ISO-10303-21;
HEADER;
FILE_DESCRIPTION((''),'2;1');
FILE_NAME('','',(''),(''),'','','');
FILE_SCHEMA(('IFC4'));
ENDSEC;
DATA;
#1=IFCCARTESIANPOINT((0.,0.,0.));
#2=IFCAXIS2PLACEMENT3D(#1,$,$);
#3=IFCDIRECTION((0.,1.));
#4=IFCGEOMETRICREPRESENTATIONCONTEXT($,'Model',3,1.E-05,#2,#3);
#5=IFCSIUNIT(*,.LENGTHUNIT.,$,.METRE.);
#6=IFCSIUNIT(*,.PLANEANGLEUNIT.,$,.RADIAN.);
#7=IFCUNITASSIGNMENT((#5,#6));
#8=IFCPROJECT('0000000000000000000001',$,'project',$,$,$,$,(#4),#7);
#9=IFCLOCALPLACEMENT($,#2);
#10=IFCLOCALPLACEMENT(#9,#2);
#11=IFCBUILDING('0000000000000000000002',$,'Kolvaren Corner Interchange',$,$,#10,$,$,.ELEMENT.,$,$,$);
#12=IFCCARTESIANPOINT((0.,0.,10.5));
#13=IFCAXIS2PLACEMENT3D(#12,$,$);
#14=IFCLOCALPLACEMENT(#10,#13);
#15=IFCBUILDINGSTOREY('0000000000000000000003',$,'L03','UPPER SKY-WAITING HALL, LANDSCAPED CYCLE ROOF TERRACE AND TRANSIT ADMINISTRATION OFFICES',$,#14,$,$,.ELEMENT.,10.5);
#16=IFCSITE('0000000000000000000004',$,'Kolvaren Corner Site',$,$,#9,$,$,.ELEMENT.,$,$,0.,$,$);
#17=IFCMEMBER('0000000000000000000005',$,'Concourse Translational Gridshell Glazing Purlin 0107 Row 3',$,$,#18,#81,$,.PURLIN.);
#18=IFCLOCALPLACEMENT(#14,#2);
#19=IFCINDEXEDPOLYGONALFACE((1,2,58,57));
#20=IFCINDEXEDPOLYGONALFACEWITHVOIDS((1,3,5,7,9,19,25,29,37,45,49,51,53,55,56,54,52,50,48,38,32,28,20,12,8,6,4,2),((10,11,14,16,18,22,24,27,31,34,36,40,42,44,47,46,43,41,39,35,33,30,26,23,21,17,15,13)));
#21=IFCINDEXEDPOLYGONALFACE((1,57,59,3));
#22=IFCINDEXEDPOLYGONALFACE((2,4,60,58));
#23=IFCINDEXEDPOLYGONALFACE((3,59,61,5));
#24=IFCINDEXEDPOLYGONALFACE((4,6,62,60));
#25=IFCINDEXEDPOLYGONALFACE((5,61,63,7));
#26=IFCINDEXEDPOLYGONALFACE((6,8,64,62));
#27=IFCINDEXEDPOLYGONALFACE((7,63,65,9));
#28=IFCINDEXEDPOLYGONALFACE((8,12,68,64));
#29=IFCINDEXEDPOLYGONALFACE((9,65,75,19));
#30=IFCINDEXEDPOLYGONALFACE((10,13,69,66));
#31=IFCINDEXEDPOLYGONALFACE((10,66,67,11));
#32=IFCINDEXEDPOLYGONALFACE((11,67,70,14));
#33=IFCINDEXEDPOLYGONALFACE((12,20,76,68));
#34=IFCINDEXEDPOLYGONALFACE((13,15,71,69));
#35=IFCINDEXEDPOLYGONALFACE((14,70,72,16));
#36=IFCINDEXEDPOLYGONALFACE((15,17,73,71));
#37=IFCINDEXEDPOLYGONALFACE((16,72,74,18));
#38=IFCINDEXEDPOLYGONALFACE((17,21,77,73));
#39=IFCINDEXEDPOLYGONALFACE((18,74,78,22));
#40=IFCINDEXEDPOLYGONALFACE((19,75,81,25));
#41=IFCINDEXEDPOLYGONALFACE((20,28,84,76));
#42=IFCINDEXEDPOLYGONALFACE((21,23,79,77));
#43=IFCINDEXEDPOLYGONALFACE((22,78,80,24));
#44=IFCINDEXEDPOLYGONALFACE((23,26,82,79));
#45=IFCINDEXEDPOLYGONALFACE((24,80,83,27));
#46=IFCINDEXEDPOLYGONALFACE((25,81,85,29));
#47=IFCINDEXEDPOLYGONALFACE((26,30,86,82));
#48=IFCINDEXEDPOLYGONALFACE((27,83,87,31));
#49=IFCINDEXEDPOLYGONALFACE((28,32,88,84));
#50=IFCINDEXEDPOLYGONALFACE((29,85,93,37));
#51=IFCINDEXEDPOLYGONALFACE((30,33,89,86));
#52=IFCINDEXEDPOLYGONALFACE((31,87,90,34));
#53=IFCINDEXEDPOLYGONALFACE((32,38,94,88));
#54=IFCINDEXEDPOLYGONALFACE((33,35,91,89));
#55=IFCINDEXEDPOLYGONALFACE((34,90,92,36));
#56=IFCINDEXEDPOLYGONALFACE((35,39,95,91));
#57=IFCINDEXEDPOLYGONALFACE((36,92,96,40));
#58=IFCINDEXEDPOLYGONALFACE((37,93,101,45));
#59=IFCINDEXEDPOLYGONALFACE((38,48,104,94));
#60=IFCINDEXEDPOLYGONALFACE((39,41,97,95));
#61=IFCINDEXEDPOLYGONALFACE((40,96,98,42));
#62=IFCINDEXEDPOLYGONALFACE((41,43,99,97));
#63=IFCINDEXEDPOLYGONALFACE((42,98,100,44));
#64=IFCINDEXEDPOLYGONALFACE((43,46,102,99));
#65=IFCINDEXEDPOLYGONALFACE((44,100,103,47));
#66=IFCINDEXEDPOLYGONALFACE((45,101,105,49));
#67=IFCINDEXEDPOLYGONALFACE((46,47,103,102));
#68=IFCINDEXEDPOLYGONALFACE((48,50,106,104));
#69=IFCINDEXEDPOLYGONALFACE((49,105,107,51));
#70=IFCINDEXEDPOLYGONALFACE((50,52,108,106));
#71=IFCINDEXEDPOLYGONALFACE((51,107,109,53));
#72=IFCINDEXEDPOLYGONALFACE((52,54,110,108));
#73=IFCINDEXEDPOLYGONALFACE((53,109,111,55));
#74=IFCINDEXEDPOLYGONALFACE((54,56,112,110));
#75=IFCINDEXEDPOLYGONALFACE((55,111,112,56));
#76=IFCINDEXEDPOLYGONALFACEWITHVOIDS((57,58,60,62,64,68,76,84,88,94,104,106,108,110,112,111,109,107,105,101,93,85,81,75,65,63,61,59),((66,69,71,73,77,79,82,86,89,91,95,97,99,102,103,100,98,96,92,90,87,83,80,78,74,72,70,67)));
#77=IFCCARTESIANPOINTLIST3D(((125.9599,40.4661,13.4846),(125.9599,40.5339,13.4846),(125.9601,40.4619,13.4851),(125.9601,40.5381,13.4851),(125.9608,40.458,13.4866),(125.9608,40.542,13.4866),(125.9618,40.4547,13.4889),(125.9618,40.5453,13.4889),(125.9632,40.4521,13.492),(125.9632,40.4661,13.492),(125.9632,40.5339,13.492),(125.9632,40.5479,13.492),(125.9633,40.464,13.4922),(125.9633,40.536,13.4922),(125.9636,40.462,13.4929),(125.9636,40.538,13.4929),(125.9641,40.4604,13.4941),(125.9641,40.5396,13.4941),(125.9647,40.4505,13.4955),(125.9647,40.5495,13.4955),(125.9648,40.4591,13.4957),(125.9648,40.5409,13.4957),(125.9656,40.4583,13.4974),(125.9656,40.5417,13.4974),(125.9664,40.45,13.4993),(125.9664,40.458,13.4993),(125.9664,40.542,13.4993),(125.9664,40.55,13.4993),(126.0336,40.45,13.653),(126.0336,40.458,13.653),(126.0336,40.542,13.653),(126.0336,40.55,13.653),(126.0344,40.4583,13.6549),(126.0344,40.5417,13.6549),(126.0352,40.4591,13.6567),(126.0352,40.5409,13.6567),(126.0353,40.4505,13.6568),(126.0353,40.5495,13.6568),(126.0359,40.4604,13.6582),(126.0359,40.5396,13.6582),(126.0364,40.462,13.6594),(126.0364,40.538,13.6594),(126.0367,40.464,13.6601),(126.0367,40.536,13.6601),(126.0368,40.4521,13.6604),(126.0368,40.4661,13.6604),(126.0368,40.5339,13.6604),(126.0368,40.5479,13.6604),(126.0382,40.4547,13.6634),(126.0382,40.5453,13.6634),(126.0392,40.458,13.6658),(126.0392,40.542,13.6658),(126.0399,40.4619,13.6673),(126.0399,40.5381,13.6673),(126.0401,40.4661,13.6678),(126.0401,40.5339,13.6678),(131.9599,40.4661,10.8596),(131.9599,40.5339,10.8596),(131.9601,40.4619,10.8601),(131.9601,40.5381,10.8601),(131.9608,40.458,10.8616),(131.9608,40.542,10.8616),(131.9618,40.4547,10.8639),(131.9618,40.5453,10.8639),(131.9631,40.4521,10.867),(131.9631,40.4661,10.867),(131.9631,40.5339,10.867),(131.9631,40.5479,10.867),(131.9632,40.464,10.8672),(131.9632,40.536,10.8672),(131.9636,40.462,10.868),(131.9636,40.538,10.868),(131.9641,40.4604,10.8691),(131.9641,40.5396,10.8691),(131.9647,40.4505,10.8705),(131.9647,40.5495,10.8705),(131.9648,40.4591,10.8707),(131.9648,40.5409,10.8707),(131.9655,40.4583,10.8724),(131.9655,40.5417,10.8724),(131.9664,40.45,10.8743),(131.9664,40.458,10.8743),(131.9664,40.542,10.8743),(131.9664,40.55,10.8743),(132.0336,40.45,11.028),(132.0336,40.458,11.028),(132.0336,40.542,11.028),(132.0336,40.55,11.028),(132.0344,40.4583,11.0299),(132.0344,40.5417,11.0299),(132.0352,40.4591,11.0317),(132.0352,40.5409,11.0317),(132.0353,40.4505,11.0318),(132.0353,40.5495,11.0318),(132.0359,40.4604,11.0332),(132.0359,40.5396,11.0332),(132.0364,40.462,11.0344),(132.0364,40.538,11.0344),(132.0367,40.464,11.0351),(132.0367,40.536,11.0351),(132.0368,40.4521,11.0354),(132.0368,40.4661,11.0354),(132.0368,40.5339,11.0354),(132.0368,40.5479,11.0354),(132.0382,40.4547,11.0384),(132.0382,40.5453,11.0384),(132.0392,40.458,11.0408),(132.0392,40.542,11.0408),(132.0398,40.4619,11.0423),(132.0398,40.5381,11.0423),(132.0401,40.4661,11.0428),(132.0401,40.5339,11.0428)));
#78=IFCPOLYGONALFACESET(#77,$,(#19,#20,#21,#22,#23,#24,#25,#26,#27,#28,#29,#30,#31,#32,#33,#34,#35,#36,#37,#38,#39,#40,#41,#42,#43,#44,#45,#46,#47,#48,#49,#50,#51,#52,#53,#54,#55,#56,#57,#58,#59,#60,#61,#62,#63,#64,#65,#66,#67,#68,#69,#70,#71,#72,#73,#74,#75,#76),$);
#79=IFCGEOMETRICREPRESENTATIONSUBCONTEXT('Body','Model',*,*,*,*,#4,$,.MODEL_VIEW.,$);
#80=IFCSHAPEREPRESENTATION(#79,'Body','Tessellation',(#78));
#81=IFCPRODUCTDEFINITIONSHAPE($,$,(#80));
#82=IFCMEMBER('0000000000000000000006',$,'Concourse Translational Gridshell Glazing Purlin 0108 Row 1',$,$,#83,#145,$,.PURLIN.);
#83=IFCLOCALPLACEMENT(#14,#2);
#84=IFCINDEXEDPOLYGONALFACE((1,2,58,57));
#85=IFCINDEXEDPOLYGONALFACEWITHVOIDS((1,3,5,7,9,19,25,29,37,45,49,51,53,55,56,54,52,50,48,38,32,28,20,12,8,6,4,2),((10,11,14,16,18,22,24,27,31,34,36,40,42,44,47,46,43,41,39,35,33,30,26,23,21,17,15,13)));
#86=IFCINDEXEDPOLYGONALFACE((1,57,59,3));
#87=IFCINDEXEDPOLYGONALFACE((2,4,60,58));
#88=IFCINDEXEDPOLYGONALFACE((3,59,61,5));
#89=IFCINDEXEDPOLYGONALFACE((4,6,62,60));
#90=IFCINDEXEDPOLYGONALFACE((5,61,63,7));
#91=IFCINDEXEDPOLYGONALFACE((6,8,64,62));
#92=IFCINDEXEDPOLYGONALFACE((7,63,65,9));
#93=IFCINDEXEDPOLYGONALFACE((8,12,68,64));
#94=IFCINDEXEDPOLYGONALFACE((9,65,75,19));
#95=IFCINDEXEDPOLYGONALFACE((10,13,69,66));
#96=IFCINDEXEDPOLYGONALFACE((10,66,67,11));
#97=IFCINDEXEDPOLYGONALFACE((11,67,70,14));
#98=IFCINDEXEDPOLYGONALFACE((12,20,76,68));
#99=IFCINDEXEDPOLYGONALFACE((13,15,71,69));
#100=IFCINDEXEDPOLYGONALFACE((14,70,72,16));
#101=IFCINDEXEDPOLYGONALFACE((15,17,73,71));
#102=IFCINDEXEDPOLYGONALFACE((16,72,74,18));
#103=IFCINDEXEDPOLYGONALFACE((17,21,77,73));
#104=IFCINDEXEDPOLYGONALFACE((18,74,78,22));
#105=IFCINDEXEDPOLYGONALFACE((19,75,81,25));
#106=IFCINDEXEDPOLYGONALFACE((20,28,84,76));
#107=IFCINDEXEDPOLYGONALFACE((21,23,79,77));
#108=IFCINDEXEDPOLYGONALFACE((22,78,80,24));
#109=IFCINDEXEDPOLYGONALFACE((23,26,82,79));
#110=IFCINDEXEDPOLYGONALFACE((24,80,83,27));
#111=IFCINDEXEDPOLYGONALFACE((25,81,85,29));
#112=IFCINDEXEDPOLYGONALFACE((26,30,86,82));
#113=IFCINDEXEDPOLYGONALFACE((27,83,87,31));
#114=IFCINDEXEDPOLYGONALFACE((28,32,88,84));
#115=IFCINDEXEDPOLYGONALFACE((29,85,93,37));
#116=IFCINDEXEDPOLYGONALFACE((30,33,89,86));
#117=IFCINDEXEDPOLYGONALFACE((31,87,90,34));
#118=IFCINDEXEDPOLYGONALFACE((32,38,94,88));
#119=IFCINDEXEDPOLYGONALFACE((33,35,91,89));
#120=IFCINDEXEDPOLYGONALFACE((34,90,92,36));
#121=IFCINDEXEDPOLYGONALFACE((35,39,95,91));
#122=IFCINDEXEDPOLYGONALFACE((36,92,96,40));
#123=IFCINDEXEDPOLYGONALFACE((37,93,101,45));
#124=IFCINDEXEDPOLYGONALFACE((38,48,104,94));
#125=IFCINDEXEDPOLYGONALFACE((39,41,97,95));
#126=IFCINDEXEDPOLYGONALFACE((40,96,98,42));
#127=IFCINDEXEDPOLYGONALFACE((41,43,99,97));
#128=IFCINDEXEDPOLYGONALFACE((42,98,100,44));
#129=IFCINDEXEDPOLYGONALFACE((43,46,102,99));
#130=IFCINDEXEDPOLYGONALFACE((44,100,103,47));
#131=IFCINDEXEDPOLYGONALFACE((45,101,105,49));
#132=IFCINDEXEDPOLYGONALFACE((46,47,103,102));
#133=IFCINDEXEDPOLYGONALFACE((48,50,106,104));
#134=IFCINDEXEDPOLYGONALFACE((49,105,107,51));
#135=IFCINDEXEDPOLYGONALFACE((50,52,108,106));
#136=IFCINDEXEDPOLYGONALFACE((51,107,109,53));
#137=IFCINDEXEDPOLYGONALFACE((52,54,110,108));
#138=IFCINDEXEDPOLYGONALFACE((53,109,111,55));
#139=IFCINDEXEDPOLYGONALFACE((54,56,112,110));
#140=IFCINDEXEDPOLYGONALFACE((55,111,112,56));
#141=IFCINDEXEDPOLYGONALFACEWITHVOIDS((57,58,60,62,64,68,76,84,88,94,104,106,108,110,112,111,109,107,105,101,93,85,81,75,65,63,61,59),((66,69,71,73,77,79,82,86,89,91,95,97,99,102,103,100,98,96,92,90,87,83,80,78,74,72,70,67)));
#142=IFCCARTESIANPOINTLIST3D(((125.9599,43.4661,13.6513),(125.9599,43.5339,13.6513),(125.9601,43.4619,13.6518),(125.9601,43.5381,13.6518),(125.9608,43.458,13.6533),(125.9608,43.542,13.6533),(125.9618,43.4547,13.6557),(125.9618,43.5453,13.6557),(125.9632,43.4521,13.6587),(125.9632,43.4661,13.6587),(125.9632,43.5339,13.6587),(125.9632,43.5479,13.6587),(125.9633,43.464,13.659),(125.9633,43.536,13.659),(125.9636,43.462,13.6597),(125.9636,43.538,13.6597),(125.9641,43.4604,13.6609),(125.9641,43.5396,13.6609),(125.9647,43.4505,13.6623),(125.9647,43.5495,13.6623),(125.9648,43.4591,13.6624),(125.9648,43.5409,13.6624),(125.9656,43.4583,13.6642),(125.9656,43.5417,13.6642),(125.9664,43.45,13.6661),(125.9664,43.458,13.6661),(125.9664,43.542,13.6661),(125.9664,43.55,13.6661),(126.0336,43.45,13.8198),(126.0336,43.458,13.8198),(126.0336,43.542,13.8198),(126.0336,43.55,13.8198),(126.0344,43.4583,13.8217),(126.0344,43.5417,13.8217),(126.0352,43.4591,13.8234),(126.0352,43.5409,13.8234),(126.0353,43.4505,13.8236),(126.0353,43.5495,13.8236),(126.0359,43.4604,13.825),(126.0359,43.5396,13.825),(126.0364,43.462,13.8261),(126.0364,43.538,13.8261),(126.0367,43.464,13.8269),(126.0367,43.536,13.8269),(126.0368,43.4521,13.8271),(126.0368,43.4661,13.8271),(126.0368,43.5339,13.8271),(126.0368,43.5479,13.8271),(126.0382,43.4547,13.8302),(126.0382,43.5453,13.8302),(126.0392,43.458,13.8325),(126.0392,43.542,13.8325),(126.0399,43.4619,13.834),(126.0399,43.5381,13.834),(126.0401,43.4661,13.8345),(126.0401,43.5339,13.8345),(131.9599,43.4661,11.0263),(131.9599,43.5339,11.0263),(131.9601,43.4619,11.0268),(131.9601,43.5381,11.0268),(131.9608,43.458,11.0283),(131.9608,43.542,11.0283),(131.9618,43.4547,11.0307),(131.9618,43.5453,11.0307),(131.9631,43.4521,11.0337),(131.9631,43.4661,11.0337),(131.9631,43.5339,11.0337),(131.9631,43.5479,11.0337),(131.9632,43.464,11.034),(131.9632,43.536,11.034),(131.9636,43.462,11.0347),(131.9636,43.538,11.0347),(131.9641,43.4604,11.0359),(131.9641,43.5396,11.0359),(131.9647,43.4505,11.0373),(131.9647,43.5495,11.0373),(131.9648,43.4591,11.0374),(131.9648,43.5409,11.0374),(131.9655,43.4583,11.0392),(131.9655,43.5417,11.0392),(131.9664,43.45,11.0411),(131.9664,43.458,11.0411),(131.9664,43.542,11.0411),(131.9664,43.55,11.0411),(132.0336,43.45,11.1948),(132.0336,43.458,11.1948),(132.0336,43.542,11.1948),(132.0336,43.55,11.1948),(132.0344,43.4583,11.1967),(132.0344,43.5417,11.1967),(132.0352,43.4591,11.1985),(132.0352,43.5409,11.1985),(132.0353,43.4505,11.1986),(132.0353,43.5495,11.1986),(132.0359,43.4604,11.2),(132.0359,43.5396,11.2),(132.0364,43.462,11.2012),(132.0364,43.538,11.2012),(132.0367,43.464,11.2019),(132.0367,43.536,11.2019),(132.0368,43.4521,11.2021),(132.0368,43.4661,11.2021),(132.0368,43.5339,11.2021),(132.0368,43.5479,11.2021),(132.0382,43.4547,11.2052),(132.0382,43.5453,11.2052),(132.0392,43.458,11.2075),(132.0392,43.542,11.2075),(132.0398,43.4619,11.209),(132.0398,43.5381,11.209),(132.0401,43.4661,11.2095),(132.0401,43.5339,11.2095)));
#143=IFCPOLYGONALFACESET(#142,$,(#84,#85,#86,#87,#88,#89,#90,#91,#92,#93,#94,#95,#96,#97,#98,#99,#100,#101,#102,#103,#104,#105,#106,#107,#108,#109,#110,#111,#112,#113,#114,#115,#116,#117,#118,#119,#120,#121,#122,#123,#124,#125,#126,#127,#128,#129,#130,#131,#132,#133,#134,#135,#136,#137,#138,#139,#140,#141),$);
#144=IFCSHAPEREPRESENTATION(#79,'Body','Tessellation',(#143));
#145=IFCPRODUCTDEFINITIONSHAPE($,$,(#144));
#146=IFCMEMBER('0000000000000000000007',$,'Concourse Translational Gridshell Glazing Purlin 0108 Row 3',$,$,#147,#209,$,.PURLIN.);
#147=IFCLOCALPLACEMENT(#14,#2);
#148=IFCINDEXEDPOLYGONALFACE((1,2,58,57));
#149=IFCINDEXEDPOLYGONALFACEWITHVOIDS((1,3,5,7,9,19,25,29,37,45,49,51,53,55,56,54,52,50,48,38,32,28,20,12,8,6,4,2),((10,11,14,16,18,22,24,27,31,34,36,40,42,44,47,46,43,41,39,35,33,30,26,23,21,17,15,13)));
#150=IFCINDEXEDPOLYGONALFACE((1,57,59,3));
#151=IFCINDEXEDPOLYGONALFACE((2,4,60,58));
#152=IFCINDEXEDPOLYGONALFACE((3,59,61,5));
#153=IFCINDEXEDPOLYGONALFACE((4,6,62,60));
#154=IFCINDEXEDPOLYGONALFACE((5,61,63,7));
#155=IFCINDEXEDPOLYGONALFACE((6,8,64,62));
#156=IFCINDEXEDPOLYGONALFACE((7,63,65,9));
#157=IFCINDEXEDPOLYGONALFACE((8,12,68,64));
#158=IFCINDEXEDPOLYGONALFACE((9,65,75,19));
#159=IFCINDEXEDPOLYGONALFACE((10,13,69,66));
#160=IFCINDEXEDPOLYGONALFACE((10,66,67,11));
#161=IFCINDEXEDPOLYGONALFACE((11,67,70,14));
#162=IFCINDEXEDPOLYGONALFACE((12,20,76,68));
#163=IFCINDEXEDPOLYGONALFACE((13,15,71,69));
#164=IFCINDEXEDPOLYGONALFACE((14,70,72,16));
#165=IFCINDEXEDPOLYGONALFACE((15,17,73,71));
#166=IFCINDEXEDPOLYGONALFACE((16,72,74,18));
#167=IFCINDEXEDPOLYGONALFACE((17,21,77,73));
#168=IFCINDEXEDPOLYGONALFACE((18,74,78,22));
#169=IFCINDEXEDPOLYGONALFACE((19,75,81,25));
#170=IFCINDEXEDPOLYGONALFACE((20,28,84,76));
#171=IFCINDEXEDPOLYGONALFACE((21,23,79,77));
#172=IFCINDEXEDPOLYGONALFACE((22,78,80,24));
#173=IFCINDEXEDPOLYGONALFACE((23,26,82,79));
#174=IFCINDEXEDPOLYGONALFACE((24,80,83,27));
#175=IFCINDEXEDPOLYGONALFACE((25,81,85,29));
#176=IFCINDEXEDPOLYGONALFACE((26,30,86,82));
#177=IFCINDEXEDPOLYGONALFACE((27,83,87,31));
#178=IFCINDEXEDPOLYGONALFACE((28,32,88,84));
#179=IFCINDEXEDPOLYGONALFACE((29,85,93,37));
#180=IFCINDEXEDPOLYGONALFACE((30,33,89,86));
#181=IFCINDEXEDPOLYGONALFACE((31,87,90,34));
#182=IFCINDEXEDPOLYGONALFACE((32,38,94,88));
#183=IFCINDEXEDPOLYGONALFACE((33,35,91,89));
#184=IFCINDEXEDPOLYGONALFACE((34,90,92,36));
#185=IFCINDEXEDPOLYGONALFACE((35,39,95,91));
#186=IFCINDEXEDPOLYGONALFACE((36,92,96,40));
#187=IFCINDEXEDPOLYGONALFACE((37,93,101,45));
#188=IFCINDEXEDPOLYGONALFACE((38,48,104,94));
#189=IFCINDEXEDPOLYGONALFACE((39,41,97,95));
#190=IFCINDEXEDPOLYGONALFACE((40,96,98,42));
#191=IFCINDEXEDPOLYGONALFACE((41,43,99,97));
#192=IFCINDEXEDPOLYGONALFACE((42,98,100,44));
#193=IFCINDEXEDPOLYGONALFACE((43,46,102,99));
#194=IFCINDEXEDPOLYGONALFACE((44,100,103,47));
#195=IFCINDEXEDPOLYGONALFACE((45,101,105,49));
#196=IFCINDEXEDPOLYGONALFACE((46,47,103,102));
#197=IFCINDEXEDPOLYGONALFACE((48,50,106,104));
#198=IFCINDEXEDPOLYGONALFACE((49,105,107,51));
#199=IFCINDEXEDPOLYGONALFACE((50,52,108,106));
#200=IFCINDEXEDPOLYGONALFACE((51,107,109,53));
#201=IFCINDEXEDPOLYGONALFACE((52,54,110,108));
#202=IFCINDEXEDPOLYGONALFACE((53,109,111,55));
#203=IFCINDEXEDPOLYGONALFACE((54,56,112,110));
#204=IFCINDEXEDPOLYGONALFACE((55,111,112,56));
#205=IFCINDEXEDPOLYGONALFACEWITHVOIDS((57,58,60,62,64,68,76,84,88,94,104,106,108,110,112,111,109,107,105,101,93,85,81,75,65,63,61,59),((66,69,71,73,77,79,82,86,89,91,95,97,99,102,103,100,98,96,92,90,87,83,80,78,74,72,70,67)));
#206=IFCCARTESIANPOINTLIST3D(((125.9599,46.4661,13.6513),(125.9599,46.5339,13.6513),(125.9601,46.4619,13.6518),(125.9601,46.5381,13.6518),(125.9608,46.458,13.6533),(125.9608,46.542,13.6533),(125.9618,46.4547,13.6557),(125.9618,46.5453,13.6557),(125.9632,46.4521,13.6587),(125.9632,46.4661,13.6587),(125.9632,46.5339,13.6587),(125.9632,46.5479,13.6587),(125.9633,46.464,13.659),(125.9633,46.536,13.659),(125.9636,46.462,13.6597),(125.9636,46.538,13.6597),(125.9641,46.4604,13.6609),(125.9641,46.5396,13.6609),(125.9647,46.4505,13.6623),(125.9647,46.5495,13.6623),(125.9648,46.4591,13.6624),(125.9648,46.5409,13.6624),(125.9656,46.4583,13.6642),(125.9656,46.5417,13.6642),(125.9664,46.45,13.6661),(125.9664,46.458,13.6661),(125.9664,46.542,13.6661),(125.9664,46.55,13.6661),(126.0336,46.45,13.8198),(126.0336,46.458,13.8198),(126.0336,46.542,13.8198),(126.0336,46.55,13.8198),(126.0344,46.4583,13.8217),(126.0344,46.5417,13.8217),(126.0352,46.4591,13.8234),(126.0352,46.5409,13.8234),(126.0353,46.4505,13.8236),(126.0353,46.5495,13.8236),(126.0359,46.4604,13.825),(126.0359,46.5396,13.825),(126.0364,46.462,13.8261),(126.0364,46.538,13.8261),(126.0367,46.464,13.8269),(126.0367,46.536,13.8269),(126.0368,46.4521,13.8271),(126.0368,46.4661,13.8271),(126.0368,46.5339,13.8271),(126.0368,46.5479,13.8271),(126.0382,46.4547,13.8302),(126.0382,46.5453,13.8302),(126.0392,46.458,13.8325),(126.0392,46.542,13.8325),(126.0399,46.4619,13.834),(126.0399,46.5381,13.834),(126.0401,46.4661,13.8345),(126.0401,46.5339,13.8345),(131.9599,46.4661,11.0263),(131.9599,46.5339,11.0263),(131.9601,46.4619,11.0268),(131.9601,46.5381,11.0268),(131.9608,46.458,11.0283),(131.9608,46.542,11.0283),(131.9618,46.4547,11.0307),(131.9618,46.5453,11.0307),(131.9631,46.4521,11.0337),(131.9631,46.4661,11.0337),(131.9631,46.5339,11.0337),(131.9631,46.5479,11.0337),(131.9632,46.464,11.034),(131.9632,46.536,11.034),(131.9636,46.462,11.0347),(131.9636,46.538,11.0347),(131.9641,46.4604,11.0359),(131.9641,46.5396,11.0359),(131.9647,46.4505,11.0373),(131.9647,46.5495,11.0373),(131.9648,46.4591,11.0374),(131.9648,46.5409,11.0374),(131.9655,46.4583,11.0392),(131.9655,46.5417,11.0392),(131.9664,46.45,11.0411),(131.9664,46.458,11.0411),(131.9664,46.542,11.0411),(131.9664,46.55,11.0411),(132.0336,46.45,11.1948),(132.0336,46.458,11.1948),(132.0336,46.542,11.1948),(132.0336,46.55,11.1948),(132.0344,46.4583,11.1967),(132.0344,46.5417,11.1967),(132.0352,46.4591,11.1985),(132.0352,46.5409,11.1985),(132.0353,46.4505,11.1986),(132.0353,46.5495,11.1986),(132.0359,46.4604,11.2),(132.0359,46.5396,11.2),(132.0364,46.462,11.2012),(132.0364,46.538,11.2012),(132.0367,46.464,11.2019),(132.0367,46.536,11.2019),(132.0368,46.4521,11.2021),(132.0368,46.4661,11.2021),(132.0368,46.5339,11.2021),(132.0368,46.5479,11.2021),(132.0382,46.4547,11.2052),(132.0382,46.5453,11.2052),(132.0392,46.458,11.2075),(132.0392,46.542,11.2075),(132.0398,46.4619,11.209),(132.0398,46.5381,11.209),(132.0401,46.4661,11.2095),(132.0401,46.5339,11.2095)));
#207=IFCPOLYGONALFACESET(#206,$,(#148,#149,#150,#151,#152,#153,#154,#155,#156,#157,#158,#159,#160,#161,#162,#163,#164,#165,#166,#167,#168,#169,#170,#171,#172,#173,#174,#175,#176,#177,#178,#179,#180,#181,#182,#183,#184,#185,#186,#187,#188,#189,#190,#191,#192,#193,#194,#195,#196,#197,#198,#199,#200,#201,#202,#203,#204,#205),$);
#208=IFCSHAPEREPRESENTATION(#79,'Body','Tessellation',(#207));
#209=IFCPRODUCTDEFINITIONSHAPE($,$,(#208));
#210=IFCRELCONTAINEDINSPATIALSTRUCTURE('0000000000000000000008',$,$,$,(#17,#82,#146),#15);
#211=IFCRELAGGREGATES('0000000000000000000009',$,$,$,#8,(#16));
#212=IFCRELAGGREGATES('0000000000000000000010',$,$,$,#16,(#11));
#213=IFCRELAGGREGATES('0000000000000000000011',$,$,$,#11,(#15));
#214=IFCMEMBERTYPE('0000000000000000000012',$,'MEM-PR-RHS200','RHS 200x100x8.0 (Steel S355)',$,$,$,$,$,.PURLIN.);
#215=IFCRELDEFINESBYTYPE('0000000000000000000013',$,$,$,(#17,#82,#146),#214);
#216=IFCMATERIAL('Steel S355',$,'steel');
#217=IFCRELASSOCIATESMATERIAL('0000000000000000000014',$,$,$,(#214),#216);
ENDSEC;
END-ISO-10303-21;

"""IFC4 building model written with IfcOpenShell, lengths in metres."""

from ifc_helpers import new_model, si_unit, direction, frame, origin, origin_2d, place, context, subcontext, project, spatial, hollow_rectangle, extrude, material, material_profile, profile_set, type_object, element, save


model = new_model("IFC4")

# Units and contexts
model_context = context("Model", 3, precision=1e-05, world=origin(), true_north=direction((0.0, 1.0)))
body_context = subcontext(model_context, "Body", "Model", "MODEL_VIEW")
ifc_project = project(units=[si_unit("LENGTHUNIT", "METRE"), si_unit("PLANEANGLEUNIT", "RADIAN")], contexts=[model_context])

# Site, building, storey
site_placement = place(None, origin())
site = spatial("IfcSite", under=ifc_project, at=site_placement, Name="Kolvaren Corner Site", CompositionType="ELEMENT", RefElevation=0.0)
building_placement = place(site_placement, origin())
building = spatial("IfcBuilding", under=site, at=building_placement, Name="Kolvaren Corner Interchange", CompositionType="ELEMENT")
storey_placement = place(building_placement, frame((0.0, 0.0, 10.5)))
storey = spatial("IfcBuildingStorey", under=building, at=storey_placement, Name="L03", Description="UPPER SKY-WAITING HALL, LANDSCAPED CYCLE ROOF TERRACE AND TRANSIT ADMINISTRATION OFFICES", CompositionType="ELEMENT", Elevation=10.5)

# Members
ifc_material_1 = material(Name="Steel S355", Category="steel")
ifc_material_profile_1 = material_profile(ifc_material_1, hollow_rectangle(XDim=0.1001, YDim=0.2, WallThickness=0.0081, InnerFilletRadius=0.0081, OuterFilletRadius=0.0161, at=origin_2d()), Name="RHS 200x100x8.0")
ifc_profile_set_1 = profile_set([ifc_material_profile_1], Name="Steel S355")
member_type_1 = type_object("IfcMemberType", Name="MEM-PR-RHS200", Description="RHS 200x100x8.0 (Steel S355)", PredefinedType="PURLIN", material=ifc_profile_set_1)
for number, where, z_axis, x_axis, name in (
    (1, (126.0, 40.5, 13.5762), (0.916157, 0.0, -0.400819), (0.0, 1.0, 0.0), "Concourse Translational Gridshell Glazing Purlin 0107 Row 3"),
    (2, (126.0, 43.5, 13.7429), (0.916157, 0.0, -0.400819), (0.0, 1.0, 0.0), "Concourse Translational Gridshell Glazing Purlin 0108 Row 1"),
    (3, (126.0, 46.5, 13.7429), (0.916157, 0.0, -0.400819), (0.0, 1.0, 0.0), "Concourse Translational Gridshell Glazing Purlin 0108 Row 3"),
):
    element("IfcMember", number, at=place(storey_placement, frame(where, z_axis=z_axis, x_axis=x_axis)), inside=storey, type_object=member_type_1, Name=name, PredefinedType="PURLIN", context=body_context, shape_type="SweptSolid", body=[
        extrude(hollow_rectangle(XDim=0.1001, YDim=0.2, WallThickness=0.0081, InnerFilletRadius=0.0081, OuterFilletRadius=0.0161, at=origin_2d()), origin(), (0.0, 0.0, 1.0), 6.5491),
    ])

save(model, "model.ifc")
